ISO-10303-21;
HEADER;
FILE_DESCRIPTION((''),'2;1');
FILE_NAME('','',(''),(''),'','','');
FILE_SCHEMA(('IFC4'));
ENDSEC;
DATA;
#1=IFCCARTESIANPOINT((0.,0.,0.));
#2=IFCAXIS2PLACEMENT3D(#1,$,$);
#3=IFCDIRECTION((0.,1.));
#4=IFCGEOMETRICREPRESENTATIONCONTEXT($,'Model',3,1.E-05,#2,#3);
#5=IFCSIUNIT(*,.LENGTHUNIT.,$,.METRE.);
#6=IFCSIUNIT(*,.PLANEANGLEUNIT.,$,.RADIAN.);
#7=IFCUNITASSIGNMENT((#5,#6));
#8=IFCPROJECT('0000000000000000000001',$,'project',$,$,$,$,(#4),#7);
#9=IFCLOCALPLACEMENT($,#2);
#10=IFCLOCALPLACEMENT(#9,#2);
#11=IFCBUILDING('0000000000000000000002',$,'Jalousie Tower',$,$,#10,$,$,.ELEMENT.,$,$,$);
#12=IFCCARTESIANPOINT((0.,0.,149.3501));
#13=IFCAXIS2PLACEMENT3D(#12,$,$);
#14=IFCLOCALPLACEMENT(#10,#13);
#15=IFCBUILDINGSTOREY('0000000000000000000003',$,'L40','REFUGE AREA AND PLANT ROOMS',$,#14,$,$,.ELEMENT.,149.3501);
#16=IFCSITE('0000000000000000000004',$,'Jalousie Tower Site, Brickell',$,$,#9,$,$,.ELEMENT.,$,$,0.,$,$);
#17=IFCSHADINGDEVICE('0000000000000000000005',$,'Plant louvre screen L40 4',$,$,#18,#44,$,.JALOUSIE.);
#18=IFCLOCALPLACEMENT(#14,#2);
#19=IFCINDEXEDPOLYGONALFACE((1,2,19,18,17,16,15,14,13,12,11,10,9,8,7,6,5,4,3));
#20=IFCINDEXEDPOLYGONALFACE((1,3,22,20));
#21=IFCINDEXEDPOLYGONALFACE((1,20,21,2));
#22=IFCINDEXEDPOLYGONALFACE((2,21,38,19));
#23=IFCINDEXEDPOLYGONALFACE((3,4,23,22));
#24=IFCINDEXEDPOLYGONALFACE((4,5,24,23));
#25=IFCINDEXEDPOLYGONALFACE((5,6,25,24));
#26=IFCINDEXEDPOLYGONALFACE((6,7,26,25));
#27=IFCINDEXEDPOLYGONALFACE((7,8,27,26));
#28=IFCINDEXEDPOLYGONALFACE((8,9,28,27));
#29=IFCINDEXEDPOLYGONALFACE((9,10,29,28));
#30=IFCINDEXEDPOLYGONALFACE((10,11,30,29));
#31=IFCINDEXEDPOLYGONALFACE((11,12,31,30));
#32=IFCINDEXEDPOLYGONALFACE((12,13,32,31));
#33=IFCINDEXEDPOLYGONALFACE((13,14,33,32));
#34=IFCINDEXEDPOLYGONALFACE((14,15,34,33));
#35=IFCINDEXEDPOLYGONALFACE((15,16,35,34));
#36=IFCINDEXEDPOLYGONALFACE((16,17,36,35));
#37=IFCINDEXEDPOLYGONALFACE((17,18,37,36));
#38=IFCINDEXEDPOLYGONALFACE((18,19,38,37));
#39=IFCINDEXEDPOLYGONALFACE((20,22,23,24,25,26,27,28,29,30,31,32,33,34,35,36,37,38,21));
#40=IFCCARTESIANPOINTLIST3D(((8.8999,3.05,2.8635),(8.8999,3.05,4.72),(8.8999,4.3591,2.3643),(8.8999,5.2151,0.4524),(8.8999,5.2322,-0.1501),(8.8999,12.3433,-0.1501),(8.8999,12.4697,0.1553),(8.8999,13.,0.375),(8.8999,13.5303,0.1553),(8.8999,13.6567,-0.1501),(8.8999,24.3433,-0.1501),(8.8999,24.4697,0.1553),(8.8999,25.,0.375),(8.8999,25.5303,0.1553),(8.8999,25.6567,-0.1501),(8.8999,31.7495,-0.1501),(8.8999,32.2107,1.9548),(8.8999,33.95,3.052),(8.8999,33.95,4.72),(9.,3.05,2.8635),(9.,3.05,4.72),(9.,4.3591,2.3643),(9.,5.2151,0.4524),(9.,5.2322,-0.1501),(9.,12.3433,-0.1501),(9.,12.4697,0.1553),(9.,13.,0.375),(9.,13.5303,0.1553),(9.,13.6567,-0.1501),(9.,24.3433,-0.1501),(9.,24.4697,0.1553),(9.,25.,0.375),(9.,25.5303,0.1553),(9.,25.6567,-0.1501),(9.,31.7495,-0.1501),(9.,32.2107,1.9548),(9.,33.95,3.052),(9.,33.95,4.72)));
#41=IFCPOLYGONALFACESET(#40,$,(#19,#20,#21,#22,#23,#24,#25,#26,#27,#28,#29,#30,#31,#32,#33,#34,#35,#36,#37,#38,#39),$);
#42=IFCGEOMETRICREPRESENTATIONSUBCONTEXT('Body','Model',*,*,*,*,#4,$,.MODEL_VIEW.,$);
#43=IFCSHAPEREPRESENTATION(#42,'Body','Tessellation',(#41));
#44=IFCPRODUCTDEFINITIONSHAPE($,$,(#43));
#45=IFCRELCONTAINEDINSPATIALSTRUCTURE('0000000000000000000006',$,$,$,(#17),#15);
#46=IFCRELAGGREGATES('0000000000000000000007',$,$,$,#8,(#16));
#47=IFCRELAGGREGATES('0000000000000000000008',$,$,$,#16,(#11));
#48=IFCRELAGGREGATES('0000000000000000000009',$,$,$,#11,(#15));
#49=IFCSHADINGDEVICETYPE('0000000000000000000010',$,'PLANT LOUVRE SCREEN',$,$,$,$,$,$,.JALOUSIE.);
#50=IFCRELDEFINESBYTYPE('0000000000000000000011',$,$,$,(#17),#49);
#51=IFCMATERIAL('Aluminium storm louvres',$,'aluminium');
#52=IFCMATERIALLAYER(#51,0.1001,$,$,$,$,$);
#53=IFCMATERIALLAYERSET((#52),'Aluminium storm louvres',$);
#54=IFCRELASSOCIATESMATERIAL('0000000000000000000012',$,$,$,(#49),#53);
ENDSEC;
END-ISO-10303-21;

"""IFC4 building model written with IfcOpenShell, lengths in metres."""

from ifc_helpers import new_model, si_unit, direction, frame, origin, place, context, subcontext, project, spatial, polyline, outline, extrude, material, layer, layer_set, type_object, element, save


model = new_model("IFC4")

# Units and contexts
model_context = context("Model", 3, precision=1e-05, world=origin(), true_north=direction((0.0, 1.0)))
body_context = subcontext(model_context, "Body", "Model", "MODEL_VIEW")
ifc_project = project(units=[si_unit("LENGTHUNIT", "METRE"), si_unit("PLANEANGLEUNIT", "RADIAN")], contexts=[model_context])

# Site, building, storey
site_placement = place(None, origin())
site = spatial("IfcSite", under=ifc_project, at=site_placement, Name="Jalousie Tower Site, Brickell", CompositionType="ELEMENT", RefElevation=0.0)
building_placement = place(site_placement, origin())
building = spatial("IfcBuilding", under=site, at=building_placement, Name="Jalousie Tower", CompositionType="ELEMENT")
storey_placement = place(building_placement, frame((0.0, 0.0, 149.3501)))
storey = spatial("IfcBuildingStorey", under=building, at=storey_placement, Name="L40", Description="REFUGE AREA AND PLANT ROOMS", CompositionType="ELEMENT", Elevation=149.3501)

# Shading device
ifc_material_1 = material(Name="Aluminium storm louvres", Category="aluminium")
ifc_layer_1 = layer(ifc_material_1, 0.1001)
ifc_layer_set_1 = layer_set([ifc_layer_1], Name="Aluminium storm louvres")
shading_device_type = type_object("IfcShadingDeviceType", Name="PLANT LOUVRE SCREEN", PredefinedType="JALOUSIE", material=ifc_layer_set_1)
shading_device_placement = place(storey_placement, frame((8.8999, 33.95, 4.72), z_axis=(-1.0, 0.0, 0.0), x_axis=(0.0, 0.0, -1.0)))
element("IfcShadingDevice", 1, at=shading_device_placement, inside=storey, type_object=shading_device_type, Name="Plant louvre screen L40 4", PredefinedType="JALOUSIE", context=body_context, shape_type="SweptSolid", body=[
    extrude(outline(polyline([(0.0, 0.0), (1.668, 0.0), (2.7651, 1.7393), (4.8701, 2.2004), (4.8701, 8.2932), (4.5647, 8.4197), (4.345, 8.95), (4.5647, 9.4802), (4.8701, 9.6067), (4.8701, 20.2932), (4.5647, 20.4197), (4.345, 20.95), (4.5647, 21.4802), (4.8701, 21.6067), (4.8701, 28.7178), (4.2676, 28.7349), (2.3557, 29.5908), (1.8564, 30.8999), (0.0, 30.8999), (0.0, 0.0)])), origin(), (0.0, 0.0, -1.0), 0.1001),
])

save(model, "model.ifc")
